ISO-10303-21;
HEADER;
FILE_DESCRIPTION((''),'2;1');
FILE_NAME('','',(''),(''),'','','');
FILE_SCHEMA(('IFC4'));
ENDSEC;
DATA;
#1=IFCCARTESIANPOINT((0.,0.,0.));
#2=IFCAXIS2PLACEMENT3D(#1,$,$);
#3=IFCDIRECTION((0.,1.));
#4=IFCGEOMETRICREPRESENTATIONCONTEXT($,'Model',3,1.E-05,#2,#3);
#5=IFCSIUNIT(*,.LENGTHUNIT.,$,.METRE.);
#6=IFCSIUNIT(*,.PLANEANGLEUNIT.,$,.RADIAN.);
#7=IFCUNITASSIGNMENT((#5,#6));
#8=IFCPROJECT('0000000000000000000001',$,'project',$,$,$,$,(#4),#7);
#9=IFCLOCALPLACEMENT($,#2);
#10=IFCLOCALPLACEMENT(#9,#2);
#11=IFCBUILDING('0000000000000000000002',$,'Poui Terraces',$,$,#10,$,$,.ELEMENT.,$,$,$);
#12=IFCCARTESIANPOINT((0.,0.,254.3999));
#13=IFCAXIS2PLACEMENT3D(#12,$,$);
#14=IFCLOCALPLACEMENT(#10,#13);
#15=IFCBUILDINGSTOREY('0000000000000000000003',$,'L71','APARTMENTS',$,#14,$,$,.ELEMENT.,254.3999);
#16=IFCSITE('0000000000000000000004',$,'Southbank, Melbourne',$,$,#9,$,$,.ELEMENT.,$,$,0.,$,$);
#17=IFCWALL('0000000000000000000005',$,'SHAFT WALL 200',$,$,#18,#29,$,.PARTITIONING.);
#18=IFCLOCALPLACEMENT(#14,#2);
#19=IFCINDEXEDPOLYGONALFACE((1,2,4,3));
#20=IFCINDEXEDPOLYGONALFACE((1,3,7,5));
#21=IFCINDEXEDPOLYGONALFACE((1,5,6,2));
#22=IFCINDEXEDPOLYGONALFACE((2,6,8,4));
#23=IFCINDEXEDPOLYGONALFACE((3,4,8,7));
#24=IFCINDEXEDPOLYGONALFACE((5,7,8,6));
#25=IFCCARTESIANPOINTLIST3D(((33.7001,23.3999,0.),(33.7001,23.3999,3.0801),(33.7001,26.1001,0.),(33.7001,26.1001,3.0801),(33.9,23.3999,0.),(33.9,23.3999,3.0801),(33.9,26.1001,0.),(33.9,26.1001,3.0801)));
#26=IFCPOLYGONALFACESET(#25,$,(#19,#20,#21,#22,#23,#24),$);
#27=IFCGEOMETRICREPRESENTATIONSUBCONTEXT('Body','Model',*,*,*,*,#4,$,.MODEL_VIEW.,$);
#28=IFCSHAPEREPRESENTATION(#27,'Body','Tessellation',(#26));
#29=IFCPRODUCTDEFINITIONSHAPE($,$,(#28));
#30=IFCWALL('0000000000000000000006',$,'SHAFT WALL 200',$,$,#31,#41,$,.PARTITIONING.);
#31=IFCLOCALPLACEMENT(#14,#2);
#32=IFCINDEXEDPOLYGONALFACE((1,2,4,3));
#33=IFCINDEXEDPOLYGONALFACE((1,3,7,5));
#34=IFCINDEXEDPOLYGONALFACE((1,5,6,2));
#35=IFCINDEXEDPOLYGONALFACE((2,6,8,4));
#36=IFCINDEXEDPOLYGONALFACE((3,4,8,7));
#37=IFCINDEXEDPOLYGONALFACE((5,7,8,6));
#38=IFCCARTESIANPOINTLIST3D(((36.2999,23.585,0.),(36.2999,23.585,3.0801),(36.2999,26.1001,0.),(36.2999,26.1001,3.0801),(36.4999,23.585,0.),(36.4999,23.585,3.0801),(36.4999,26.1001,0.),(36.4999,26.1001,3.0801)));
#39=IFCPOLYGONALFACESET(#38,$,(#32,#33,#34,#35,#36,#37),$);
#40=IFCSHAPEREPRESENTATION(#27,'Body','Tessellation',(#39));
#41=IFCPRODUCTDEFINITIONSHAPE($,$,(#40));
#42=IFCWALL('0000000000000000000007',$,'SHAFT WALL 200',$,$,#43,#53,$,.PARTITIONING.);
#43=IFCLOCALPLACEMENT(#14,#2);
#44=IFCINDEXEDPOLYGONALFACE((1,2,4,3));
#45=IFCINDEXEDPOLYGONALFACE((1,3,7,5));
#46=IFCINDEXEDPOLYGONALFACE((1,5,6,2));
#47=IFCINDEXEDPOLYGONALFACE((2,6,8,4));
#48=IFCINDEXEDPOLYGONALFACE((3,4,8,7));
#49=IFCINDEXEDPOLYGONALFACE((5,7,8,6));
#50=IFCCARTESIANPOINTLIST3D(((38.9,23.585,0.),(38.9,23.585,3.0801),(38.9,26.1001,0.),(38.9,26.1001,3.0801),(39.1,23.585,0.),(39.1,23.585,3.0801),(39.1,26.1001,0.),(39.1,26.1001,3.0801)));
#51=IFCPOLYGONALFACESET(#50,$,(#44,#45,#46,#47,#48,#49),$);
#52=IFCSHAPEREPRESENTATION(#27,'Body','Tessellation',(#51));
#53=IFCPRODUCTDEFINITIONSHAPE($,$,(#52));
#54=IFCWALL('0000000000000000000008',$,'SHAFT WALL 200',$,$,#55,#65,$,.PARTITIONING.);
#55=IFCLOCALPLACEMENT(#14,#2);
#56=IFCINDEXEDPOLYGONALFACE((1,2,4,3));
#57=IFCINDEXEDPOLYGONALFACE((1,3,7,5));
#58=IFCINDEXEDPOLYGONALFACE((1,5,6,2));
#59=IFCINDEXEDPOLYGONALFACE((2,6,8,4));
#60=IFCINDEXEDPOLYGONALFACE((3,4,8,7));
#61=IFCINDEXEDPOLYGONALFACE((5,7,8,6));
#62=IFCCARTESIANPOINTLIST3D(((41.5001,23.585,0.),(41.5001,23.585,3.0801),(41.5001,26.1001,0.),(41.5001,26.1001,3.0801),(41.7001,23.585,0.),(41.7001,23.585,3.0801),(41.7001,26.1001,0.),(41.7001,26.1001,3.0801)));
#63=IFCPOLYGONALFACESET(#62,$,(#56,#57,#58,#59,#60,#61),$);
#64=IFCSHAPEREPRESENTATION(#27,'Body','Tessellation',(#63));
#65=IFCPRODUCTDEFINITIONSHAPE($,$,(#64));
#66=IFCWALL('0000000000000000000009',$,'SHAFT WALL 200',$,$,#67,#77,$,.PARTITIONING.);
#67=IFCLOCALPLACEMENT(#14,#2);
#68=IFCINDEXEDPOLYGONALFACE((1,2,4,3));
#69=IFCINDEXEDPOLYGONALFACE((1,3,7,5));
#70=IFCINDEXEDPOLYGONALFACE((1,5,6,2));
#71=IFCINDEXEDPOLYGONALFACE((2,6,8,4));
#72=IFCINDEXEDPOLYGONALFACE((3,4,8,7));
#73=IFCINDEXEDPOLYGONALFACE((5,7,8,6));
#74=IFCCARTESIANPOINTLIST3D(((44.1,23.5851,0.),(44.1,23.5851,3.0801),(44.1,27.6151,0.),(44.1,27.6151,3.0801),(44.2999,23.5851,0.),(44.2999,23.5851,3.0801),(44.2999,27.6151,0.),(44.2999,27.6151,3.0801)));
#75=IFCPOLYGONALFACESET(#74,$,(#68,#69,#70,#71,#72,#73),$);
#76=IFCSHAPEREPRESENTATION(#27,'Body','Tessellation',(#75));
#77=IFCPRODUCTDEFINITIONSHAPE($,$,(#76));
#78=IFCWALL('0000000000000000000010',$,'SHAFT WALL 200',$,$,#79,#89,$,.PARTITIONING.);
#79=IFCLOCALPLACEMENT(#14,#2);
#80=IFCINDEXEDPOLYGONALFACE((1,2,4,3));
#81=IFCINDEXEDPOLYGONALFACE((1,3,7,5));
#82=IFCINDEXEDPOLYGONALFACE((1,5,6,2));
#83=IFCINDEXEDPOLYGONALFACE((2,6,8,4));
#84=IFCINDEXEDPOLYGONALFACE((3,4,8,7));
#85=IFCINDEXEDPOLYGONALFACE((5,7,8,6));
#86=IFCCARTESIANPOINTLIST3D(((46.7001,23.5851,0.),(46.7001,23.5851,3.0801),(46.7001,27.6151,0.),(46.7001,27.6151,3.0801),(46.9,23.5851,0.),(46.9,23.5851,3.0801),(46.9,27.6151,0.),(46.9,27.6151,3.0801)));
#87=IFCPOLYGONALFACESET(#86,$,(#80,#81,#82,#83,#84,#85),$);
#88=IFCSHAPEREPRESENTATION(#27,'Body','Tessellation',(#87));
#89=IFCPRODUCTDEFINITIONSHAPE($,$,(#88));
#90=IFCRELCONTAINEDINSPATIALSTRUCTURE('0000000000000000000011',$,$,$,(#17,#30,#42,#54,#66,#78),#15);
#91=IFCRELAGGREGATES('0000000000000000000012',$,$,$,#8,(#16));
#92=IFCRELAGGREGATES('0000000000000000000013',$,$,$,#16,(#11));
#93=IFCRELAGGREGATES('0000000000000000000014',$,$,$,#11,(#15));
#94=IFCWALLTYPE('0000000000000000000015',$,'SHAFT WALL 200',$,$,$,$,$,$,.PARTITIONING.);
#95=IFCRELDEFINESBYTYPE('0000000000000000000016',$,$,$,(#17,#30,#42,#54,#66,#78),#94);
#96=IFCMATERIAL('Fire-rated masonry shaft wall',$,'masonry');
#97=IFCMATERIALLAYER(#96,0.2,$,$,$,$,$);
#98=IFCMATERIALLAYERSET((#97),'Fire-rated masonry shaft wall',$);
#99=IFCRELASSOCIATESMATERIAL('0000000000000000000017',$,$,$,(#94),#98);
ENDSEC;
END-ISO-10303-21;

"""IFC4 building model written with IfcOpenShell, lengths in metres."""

from ifc_helpers import new_model, si_unit, direction, frame, frame_2d, origin, place, context, subcontext, project, spatial, rectangle, extrude, material, layer, layer_set, type_object, element, save


model = new_model("IFC4")

# Units and contexts
model_context = context("Model", 3, precision=1e-05, world=origin(), true_north=direction((0.0, 1.0)))
body_context = subcontext(model_context, "Body", "Model", "MODEL_VIEW")
ifc_project = project(units=[si_unit("LENGTHUNIT", "METRE"), si_unit("PLANEANGLEUNIT", "RADIAN")], contexts=[model_context])

# Site, building, storey
site_placement = place(None, origin())
site = spatial("IfcSite", under=ifc_project, at=site_placement, Name="Southbank, Melbourne", CompositionType="ELEMENT", RefElevation=0.0)
building_placement = place(site_placement, origin())
building = spatial("IfcBuilding", under=site, at=building_placement, Name="Poui Terraces", CompositionType="ELEMENT")
storey_placement = place(building_placement, frame((0.0, 0.0, 254.3999)))
storey = spatial("IfcBuildingStorey", under=building, at=storey_placement, Name="L71", Description="APARTMENTS", CompositionType="ELEMENT", Elevation=254.3999)

# Walls
ifc_material_1 = material(Name="Fire-rated masonry shaft wall", Category="masonry")
ifc_layer_1 = layer(ifc_material_1, 0.2)
ifc_layer_set_1 = layer_set([ifc_layer_1], Name="Fire-rated masonry shaft wall")
wall_type_1 = type_object("IfcWallType", Name="SHAFT WALL 200", PredefinedType="PARTITIONING", material=ifc_layer_set_1)
wall_1_placement = place(storey_placement, frame((33.8, 23.3999, 0.0), z_axis=(0.0, 0.0, 1.0), x_axis=(0.0, 1.0, 0.0)))
element("IfcWall", 1, at=wall_1_placement, inside=storey, type_object=wall_type_1, Name="SHAFT WALL 200", PredefinedType="PARTITIONING", context=body_context, shape_type="SweptSolid", body=[
    extrude(rectangle(XDim=2.7002, YDim=0.2, at=frame_2d((1.3501, 0.0))), origin(), (0.0, 0.0, 1.0), 3.0801),
])
for number, where, z_axis, x_axis, name in (
    (2, (36.3999, 23.585, 0.0), (0.0, 0.0, 1.0), (0.0, 1.0, 0.0), "SHAFT WALL 200"),
    (3, (39.0, 23.585, 0.0), (0.0, 0.0, 1.0), (0.0, 1.0, 0.0), "SHAFT WALL 200"),
    (4, (41.6001, 23.585, 0.0), (0.0, 0.0, 1.0), (0.0, 1.0, 0.0), "SHAFT WALL 200"),
):
    element("IfcWall", number, at=place(storey_placement, frame(where, z_axis=z_axis, x_axis=x_axis)), inside=storey, type_object=wall_type_1, Name=name, PredefinedType="PARTITIONING", context=body_context, shape_type="SweptSolid", body=[
        extrude(rectangle(XDim=2.5151, YDim=0.2, at=frame_2d((1.2576, 0.0))), origin(), (0.0, 0.0, 1.0), 3.0801),
    ])
for number, where, z_axis, x_axis, name in (
    (5, (44.2, 23.585, 0.0), (0.0, 0.0, 1.0), (0.0, 1.0, 0.0), "SHAFT WALL 200"),
    (6, (46.8, 23.585, 0.0), (0.0, 0.0, 1.0), (0.0, 1.0, 0.0), "SHAFT WALL 200"),
):
    element("IfcWall", number, at=place(storey_placement, frame(where, z_axis=z_axis, x_axis=x_axis)), inside=storey, type_object=wall_type_1, Name=name, PredefinedType="PARTITIONING", context=body_context, shape_type="SweptSolid", body=[
        extrude(rectangle(XDim=4.03, YDim=0.2, at=frame_2d((2.0151, 0.0))), origin(), (0.0, 0.0, 1.0), 3.0801),
    ])

save(model, "model.ifc")
